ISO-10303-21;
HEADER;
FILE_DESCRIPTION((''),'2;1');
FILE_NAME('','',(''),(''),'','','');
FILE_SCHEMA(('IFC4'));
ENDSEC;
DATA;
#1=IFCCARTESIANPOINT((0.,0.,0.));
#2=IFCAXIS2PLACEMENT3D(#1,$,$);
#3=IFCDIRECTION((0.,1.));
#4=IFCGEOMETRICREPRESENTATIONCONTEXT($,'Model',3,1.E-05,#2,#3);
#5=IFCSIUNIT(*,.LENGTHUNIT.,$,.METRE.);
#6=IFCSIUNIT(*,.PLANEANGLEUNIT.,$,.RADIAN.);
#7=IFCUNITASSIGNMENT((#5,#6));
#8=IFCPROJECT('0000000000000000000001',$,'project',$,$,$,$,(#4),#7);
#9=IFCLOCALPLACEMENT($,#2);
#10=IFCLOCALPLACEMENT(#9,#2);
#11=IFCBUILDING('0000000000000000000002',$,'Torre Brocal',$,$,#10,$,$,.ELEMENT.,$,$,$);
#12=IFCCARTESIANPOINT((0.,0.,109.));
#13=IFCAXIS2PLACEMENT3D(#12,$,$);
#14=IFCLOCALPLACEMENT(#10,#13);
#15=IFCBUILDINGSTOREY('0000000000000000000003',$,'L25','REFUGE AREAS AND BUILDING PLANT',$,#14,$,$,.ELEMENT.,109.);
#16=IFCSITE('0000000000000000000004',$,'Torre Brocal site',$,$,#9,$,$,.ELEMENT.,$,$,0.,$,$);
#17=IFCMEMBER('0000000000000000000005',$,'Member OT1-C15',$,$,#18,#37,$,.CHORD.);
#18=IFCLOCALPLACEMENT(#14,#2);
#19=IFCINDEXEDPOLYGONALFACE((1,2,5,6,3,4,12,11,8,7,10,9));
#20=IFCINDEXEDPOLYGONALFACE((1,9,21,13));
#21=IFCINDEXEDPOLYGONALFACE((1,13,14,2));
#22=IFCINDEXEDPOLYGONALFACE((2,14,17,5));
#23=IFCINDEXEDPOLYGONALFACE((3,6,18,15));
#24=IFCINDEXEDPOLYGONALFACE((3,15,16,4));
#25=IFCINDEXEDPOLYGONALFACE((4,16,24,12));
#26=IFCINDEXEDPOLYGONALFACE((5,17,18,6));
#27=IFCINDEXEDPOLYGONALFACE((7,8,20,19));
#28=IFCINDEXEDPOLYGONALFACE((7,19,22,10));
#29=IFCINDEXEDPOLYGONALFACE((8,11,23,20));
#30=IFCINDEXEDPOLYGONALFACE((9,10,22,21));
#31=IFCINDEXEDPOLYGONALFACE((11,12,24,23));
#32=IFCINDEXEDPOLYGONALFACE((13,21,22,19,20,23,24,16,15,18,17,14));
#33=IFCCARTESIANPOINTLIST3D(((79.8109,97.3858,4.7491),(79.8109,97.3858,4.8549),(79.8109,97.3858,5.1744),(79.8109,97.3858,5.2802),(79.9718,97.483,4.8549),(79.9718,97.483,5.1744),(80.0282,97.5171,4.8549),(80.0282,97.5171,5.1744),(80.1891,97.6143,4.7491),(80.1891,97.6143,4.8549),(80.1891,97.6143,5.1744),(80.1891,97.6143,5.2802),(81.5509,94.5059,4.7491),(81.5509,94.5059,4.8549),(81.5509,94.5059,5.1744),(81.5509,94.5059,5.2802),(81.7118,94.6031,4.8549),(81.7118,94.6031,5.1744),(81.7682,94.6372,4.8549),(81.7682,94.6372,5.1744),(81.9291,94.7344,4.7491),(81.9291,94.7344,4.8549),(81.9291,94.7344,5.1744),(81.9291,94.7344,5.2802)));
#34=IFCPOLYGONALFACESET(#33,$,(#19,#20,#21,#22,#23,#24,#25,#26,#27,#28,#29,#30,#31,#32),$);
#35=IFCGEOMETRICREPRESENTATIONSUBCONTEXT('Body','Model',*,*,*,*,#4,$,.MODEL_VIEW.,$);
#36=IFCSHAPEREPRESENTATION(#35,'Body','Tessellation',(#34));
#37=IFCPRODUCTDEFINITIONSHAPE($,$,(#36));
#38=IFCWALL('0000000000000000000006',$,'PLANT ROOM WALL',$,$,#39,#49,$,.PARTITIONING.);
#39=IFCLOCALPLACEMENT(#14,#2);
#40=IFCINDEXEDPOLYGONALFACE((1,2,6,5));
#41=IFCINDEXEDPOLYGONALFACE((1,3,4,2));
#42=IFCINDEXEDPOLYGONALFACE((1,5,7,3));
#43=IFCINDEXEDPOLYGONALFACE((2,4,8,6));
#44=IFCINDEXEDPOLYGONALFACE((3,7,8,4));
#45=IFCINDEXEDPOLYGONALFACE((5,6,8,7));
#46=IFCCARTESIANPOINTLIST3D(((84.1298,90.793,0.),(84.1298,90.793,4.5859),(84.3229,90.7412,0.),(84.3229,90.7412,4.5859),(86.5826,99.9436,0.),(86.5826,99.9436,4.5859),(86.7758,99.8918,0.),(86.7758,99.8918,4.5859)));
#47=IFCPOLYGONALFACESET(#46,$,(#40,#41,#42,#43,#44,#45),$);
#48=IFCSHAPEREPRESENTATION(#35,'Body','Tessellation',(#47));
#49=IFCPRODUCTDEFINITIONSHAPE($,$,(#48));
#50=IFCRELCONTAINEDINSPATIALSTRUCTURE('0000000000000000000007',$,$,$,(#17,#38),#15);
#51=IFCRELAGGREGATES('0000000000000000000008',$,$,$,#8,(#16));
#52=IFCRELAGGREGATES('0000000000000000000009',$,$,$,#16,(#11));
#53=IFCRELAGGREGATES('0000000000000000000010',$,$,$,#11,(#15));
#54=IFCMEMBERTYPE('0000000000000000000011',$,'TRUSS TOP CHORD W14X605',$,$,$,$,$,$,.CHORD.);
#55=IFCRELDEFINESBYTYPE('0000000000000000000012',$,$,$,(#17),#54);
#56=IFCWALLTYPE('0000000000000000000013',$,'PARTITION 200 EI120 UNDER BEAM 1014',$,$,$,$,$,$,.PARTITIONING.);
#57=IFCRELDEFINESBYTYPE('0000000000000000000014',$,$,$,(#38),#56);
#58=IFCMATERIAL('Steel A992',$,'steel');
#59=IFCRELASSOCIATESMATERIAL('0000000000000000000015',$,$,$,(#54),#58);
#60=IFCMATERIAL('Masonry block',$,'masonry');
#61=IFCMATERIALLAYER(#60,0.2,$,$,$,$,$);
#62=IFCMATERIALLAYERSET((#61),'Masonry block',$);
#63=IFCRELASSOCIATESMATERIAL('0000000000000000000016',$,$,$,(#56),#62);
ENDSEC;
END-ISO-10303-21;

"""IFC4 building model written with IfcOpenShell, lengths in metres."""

from ifc_helpers import new_model, si_unit, direction, frame, frame_2d, origin, origin_2d, place, context, subcontext, project, spatial, rectangle, i_section, extrude, material, layer, layer_set, material_profile, profile_set, type_object, element, save


model = new_model("IFC4")

# Units and contexts
model_context = context("Model", 3, precision=1e-05, world=origin(), true_north=direction((0.0, 1.0)))
body_context = subcontext(model_context, "Body", "Model", "MODEL_VIEW")
ifc_project = project(units=[si_unit("LENGTHUNIT", "METRE"), si_unit("PLANEANGLEUNIT", "RADIAN")], contexts=[model_context])

# Site, building, storey
site_placement = place(None, origin())
site = spatial("IfcSite", under=ifc_project, at=site_placement, Name="Torre Brocal site", CompositionType="ELEMENT", RefElevation=0.0)
building_placement = place(site_placement, origin())
building = spatial("IfcBuilding", under=site, at=building_placement, Name="Torre Brocal", CompositionType="ELEMENT")
storey_placement = place(building_placement, frame((0.0, 0.0, 109.0)))
storey = spatial("IfcBuildingStorey", under=building, at=storey_placement, Name="L25", Description="REFUGE AREAS AND BUILDING PLANT", CompositionType="ELEMENT", Elevation=109.0)

# Member
ifc_material_1 = material(Name="Steel A992", Category="steel")
ifc_material_profile_1 = material_profile(ifc_material_1, i_section(OverallWidth=0.4419, OverallDepth=0.531, WebThickness=0.0659, FlangeThickness=0.1057, at=origin_2d()), Name="W14X605")
ifc_profile_set_1 = profile_set([ifc_material_profile_1], Name="Steel A992")
member_type_1 = type_object("IfcMemberType", Name="TRUSS TOP CHORD W14X605", PredefinedType="CHORD", material=ifc_profile_set_1)
member_1_placement = place(storey_placement, frame((81.74, 94.6201, 5.0146), z_axis=(-0.517129, 0.855908, 0.0), x_axis=(-0.855908, -0.517129, 0.0)))
element("IfcMember", 1, at=member_1_placement, inside=storey, type_object=member_type_1, Name="Member OT1-C15", PredefinedType="CHORD", context=body_context, shape_type="SweptSolid", body=[
    extrude(i_section(OverallWidth=0.4419, OverallDepth=0.531, WebThickness=0.0659, FlangeThickness=0.1057, at=origin_2d()), origin(), (0.0, 0.0, 1.0), 3.3647),
])

# Wall
ifc_material_2 = material(Name="Masonry block", Category="masonry")
ifc_layer_1 = layer(ifc_material_2, 0.2)
ifc_layer_set_1 = layer_set([ifc_layer_1], Name="Masonry block")
wall_type_1 = type_object("IfcWallType", Name="PARTITION 200 EI120 UNDER BEAM 1014", PredefinedType="PARTITIONING", material=ifc_layer_set_1)
wall_1_placement = place(storey_placement, frame((84.2263, 90.7671, 0.0), z_axis=(0.0, 0.0, 1.0), x_axis=(0.258915, 0.9659, 0.0)))
element("IfcWall", 2, at=wall_1_placement, inside=storey, type_object=wall_type_1, Name="PLANT ROOM WALL", PredefinedType="PARTITIONING", context=body_context, shape_type="SweptSolid", body=[
    extrude(rectangle(XDim=9.4736, YDim=0.2, at=frame_2d((4.7368, 0.0))), origin(), (0.0, 0.0, 1.0), 4.5859),
])

save(model, "model.ifc")
